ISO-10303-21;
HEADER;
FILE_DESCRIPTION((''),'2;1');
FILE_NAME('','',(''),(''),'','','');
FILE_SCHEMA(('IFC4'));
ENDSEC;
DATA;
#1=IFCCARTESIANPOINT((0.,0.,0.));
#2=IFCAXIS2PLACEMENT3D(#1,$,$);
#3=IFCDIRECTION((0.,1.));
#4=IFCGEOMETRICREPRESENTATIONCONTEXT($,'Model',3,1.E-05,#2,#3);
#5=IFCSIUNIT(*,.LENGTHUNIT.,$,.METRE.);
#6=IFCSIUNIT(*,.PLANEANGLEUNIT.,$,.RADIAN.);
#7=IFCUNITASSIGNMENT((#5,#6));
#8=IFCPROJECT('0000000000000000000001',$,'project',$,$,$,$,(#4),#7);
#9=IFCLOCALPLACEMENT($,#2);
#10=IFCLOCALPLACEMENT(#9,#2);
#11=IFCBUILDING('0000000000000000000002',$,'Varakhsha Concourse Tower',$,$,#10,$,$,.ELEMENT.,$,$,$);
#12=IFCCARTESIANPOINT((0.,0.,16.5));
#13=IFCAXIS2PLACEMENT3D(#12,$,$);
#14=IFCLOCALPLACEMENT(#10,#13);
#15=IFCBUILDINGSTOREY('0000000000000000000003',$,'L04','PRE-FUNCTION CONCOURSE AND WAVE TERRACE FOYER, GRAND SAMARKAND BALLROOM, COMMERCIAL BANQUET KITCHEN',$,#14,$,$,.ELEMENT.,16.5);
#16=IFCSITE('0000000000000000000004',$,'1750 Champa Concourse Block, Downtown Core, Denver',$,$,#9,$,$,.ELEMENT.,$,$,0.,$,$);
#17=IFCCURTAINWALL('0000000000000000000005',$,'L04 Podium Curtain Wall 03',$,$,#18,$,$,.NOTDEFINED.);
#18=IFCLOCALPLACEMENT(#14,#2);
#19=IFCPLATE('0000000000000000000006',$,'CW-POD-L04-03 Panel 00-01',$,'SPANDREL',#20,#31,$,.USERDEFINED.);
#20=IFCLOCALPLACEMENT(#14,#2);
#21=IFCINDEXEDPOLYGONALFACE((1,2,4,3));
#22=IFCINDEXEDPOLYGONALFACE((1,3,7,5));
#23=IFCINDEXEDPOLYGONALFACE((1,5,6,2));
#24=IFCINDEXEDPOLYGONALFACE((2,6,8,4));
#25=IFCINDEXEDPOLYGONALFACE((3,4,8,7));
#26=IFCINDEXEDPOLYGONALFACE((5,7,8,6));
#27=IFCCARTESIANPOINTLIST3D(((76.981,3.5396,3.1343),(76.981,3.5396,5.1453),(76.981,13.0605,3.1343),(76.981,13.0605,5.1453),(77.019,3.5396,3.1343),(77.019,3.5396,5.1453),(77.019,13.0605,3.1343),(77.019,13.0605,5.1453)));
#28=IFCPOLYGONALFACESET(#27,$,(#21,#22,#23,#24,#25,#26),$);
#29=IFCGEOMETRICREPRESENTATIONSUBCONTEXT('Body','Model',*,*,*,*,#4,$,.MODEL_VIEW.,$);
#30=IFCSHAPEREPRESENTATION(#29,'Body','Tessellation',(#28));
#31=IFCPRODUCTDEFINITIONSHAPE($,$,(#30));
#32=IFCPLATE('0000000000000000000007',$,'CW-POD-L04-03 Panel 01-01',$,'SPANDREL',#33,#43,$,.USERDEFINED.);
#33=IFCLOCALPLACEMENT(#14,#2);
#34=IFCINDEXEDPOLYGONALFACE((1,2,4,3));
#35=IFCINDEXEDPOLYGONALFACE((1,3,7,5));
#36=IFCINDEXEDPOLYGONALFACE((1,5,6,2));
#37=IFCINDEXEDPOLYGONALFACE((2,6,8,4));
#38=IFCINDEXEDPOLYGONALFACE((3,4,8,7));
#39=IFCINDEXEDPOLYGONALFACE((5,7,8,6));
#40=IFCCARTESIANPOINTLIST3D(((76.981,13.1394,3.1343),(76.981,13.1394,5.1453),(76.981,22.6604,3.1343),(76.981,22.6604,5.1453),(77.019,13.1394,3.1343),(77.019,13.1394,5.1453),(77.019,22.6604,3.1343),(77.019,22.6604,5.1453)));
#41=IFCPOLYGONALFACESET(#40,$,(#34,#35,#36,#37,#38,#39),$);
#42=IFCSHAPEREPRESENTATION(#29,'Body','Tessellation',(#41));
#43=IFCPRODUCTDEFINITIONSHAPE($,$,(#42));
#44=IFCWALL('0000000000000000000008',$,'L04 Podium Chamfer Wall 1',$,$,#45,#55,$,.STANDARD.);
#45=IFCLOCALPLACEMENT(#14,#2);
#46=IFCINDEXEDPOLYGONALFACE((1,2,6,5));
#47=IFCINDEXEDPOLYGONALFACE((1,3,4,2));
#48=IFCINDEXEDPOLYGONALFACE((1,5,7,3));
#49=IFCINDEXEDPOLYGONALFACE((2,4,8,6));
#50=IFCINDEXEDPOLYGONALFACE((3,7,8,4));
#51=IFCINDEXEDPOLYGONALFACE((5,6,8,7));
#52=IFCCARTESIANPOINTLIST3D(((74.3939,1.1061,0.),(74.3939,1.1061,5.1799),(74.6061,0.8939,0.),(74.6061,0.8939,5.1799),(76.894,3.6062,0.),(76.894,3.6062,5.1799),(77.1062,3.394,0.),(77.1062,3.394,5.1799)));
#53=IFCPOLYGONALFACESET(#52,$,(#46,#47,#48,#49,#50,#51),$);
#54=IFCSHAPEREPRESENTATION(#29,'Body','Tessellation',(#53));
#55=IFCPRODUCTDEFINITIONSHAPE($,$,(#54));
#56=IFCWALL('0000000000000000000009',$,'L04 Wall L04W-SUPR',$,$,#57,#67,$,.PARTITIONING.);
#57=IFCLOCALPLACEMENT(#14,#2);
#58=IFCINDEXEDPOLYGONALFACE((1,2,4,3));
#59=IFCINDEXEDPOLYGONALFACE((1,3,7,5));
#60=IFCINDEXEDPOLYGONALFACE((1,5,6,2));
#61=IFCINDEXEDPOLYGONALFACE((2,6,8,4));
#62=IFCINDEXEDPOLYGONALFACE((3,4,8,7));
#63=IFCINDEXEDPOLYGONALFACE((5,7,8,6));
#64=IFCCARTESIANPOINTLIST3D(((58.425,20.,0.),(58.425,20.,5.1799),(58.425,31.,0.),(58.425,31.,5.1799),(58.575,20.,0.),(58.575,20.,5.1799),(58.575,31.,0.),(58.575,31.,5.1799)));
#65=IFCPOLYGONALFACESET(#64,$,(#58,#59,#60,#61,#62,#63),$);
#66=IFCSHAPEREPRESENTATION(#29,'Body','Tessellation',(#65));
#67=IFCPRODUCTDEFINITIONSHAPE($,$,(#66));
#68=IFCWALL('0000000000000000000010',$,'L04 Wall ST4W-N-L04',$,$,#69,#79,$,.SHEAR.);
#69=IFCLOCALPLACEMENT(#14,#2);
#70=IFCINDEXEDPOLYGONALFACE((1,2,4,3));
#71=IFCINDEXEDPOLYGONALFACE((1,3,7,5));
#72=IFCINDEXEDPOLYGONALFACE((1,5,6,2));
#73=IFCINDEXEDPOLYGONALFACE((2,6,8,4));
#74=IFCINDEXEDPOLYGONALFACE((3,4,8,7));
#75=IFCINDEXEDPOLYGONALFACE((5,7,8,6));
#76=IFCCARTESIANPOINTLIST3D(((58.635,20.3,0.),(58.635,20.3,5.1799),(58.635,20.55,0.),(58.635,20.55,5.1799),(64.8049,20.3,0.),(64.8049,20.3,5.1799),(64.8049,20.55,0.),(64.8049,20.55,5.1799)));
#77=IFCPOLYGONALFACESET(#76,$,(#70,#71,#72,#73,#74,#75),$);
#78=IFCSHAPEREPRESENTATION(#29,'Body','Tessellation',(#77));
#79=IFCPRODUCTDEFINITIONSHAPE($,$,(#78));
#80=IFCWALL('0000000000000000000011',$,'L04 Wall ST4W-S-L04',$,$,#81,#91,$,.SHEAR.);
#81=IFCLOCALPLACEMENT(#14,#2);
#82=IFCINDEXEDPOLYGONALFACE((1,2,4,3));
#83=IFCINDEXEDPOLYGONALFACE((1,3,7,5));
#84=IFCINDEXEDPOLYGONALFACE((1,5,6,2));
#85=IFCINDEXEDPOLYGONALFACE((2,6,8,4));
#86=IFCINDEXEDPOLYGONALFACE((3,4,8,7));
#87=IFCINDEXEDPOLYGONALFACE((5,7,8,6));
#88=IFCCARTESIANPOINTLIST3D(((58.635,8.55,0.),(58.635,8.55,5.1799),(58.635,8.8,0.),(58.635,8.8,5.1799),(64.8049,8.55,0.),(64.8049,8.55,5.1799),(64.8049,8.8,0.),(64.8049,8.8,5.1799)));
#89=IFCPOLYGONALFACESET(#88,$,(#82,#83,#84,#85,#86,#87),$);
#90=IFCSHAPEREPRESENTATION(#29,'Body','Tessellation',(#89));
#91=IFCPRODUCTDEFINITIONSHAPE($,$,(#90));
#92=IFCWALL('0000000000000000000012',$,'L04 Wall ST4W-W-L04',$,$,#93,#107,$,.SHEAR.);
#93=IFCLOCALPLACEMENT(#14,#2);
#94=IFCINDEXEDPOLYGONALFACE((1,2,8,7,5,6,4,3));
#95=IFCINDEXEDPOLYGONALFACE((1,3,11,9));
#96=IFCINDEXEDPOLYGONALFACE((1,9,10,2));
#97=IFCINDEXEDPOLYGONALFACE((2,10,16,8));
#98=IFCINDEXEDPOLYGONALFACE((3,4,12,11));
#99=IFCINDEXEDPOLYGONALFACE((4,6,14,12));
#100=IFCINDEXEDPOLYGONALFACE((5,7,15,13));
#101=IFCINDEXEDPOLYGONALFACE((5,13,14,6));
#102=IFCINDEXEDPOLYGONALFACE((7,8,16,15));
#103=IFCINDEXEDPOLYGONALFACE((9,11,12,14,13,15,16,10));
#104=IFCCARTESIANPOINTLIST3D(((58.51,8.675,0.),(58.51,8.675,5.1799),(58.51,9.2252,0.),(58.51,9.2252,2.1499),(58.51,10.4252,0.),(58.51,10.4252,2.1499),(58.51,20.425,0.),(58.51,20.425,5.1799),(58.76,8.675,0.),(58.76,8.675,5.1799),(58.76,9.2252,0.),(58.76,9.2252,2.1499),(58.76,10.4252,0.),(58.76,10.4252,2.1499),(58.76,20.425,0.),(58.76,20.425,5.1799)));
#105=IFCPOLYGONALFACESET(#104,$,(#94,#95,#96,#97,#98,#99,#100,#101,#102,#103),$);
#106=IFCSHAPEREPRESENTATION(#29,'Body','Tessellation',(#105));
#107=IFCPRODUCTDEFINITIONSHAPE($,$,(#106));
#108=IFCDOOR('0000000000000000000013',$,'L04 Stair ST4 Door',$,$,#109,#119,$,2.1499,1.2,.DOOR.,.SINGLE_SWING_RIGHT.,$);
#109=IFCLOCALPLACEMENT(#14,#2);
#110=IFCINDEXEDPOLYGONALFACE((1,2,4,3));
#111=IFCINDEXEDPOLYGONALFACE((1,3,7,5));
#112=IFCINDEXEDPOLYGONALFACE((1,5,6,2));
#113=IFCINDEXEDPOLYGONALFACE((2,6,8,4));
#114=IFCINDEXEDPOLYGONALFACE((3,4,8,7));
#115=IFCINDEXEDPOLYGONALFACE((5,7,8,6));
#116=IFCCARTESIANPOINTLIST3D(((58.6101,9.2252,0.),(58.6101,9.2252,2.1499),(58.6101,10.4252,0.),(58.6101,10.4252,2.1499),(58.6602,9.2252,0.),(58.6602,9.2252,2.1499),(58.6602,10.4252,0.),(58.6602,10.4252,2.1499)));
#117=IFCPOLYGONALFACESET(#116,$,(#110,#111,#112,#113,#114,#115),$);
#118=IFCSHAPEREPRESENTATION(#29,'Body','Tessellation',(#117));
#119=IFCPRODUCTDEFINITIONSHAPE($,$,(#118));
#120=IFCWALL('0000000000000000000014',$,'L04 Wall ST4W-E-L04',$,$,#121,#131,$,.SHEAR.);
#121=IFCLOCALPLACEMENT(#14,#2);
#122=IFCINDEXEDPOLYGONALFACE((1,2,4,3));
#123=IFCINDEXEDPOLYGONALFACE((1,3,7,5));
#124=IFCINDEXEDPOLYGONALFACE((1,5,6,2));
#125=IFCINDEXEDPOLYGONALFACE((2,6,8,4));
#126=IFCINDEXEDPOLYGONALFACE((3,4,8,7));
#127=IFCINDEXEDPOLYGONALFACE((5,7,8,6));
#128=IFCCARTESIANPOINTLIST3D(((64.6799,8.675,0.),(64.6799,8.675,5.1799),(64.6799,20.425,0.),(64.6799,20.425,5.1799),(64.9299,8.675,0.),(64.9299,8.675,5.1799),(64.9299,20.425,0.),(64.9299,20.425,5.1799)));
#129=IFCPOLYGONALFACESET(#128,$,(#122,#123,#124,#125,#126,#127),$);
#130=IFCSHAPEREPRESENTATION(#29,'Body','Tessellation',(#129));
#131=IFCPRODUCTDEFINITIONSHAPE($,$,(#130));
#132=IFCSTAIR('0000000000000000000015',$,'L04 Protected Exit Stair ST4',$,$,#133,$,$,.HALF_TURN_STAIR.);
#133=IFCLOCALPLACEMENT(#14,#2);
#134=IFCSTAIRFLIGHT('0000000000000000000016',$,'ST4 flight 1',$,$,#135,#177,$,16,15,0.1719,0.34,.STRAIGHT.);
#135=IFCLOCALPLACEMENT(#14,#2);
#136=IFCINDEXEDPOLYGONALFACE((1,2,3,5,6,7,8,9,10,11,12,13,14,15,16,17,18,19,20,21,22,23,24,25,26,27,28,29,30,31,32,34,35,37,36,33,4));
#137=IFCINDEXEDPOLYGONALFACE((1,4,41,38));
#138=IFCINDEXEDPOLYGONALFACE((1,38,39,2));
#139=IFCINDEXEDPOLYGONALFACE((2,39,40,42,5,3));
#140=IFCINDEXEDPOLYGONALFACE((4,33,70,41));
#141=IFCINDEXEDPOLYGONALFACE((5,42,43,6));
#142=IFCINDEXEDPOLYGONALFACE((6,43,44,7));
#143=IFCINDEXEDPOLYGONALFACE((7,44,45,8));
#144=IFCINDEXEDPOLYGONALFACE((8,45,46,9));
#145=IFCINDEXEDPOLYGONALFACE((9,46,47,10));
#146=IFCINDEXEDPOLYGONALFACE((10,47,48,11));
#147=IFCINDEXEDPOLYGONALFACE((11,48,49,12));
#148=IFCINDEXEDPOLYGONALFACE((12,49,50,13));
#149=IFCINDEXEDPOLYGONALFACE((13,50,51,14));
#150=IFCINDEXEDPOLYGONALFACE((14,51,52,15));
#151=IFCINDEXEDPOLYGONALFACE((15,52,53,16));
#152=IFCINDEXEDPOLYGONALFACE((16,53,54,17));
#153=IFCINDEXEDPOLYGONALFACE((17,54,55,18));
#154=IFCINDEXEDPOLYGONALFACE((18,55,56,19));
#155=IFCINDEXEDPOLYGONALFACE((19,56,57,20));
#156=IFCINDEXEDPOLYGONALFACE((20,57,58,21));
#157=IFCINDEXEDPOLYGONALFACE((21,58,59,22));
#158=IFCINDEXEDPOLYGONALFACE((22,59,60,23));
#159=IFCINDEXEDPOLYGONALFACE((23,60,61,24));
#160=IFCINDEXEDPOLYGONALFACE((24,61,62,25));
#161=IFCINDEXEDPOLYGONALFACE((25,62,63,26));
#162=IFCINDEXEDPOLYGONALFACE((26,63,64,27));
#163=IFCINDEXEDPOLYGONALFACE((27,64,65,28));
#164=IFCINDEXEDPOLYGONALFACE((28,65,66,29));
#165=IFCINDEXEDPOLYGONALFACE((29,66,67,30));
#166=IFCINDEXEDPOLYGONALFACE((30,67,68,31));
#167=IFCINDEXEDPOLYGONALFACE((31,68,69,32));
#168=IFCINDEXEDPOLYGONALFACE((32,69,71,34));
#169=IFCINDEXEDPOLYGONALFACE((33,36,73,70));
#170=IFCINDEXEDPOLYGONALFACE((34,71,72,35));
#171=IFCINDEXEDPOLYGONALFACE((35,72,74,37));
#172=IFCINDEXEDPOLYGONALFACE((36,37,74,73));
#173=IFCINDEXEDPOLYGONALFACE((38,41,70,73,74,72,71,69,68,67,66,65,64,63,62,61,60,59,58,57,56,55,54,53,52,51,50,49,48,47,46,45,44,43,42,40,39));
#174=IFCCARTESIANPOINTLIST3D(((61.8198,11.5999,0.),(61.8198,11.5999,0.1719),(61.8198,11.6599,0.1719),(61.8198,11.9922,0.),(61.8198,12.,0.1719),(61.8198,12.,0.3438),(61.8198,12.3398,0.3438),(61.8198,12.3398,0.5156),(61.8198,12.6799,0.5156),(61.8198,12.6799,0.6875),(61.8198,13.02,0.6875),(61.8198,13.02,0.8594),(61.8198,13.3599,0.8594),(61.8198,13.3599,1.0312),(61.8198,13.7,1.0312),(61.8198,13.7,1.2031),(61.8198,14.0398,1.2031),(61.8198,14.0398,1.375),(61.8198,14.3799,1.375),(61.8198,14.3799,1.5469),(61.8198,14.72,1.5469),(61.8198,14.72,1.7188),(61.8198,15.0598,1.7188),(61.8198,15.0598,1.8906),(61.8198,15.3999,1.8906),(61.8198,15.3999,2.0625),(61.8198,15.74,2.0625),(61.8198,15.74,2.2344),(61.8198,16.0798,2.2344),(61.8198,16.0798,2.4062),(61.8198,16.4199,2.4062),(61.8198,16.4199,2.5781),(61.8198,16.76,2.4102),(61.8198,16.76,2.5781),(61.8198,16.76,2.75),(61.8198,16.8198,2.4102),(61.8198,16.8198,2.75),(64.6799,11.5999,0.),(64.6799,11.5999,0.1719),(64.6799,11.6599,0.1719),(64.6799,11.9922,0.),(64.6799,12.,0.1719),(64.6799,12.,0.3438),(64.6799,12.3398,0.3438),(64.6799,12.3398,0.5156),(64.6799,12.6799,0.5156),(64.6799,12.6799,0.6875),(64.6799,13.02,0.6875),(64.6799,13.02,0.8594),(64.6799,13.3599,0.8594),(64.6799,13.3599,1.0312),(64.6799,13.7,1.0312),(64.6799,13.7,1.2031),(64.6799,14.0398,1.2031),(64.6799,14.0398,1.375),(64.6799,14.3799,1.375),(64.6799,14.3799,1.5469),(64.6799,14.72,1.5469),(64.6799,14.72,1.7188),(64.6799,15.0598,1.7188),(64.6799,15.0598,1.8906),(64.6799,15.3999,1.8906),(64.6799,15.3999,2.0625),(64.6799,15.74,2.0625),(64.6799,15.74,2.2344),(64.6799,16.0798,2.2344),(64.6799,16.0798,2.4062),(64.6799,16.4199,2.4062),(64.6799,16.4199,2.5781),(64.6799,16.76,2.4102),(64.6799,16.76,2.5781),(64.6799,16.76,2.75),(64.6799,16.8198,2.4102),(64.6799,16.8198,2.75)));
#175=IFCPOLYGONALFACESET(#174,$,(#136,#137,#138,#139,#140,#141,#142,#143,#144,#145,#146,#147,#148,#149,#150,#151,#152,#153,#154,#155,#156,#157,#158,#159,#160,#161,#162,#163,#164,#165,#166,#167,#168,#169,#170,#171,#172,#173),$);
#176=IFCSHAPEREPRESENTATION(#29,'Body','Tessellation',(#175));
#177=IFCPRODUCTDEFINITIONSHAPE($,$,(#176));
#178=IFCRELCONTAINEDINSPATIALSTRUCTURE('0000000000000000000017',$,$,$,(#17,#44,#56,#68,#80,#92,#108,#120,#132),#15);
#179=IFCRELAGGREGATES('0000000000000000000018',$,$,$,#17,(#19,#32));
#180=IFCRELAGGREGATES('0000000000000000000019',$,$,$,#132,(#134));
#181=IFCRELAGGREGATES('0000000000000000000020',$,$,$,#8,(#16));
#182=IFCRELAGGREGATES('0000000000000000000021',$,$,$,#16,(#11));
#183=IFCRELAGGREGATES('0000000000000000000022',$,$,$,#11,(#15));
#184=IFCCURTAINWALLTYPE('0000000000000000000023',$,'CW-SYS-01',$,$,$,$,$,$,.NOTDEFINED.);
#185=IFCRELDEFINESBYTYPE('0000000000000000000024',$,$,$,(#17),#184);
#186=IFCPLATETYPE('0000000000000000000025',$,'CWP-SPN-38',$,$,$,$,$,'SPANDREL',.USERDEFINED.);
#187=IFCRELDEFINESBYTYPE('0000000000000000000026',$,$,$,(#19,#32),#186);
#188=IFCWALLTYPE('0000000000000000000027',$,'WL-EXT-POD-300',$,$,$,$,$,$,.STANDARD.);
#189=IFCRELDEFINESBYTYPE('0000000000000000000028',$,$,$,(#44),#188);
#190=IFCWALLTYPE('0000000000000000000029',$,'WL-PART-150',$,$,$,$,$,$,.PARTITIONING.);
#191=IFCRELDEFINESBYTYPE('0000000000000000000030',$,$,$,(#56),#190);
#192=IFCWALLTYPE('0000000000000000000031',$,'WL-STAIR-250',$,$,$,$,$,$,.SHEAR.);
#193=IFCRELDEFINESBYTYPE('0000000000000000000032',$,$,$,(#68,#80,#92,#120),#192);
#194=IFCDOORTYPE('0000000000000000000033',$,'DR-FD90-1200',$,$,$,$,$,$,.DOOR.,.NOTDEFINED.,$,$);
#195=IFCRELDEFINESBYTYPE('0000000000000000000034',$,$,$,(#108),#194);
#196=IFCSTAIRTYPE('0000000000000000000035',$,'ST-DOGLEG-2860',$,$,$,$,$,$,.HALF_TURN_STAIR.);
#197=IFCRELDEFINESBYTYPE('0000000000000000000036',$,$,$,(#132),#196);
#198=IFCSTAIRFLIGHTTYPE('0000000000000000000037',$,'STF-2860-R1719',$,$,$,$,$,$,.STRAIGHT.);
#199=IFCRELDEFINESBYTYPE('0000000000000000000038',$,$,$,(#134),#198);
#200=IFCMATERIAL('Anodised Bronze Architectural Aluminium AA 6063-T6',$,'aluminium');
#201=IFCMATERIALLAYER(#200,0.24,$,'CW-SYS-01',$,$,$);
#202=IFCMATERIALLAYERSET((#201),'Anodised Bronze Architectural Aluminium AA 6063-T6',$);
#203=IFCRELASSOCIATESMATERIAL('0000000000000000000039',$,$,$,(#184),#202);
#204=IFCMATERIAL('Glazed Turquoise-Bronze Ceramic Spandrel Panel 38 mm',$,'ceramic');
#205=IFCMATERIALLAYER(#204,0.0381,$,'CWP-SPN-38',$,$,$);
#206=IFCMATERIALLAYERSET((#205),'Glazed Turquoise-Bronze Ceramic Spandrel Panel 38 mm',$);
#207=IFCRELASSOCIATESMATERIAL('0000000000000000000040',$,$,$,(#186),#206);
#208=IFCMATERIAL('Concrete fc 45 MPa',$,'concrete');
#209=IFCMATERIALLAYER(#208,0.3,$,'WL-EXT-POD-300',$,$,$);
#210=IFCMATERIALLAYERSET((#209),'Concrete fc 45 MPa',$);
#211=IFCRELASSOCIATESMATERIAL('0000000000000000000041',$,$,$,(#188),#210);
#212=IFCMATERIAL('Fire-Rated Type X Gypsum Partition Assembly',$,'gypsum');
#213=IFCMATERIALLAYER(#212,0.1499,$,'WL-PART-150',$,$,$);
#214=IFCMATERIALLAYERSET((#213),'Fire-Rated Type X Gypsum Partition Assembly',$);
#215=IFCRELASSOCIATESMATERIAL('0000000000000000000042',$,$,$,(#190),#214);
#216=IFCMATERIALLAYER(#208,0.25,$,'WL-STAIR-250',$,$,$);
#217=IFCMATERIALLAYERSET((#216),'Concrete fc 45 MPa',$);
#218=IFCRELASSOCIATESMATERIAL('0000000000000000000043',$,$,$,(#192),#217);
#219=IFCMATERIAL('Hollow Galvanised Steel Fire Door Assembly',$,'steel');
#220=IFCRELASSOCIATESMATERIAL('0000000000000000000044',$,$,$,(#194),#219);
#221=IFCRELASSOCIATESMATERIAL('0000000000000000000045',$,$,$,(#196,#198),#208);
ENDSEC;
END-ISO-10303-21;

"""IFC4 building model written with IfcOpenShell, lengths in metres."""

from ifc_helpers import new_model, si_unit, direction, frame, frame_2d, origin, origin_2d, place, context, subcontext, project, spatial, polyline, rectangle, outline, extrude, source, transform, mapped, material, layer, layer_set, type_object, type_shapes, element, fill, aggregate, save


model = new_model("IFC4")

# Units and contexts
model_context = context("Model", 3, precision=1e-05, world=origin(), true_north=direction((0.0, 1.0)))
body_context = subcontext(model_context, "Body", "Model", "MODEL_VIEW")
ifc_project = project(units=[si_unit("LENGTHUNIT", "METRE"), si_unit("PLANEANGLEUNIT", "RADIAN")], contexts=[model_context])

# Site, building, storey
site_placement = place(None, origin())
site = spatial("IfcSite", under=ifc_project, at=site_placement, Name="1750 Champa Concourse Block, Downtown Core, Denver", CompositionType="ELEMENT", RefElevation=0.0)
building_placement = place(site_placement, origin())
building = spatial("IfcBuilding", under=site, at=building_placement, Name="Varakhsha Concourse Tower", CompositionType="ELEMENT")
storey_placement = place(building_placement, frame((0.0, 0.0, 16.5)))
storey = spatial("IfcBuildingStorey", under=building, at=storey_placement, Name="L04", Description="PRE-FUNCTION CONCOURSE AND WAVE TERRACE FOYER, GRAND SAMARKAND BALLROOM, COMMERCIAL BANQUET KITCHEN", CompositionType="ELEMENT", Elevation=16.5)

# Curtain wall, plates
ifc_material_1 = material(Name="Anodised Bronze Architectural Aluminium AA 6063-T6", Category="aluminium")
ifc_layer_1 = layer(ifc_material_1, 0.24, Name="CW-SYS-01")
ifc_layer_set_1 = layer_set([ifc_layer_1], Name="Anodised Bronze Architectural Aluminium AA 6063-T6")
curtain_wall_type = type_object("IfcCurtainWallType", Name="CW-SYS-01", PredefinedType="NOTDEFINED", material=ifc_layer_set_1)
curtain_wall_placement = place(storey_placement, origin())
curtain_wall = element("IfcCurtainWall", 1, at=curtain_wall_placement, inside=storey, type_object=curtain_wall_type, Name="L04 Podium Curtain Wall 03", PredefinedType="NOTDEFINED")
ifc_material_2 = material(Name="Glazed Turquoise-Bronze Ceramic Spandrel Panel 38 mm", Category="ceramic")
ifc_layer_2 = layer(ifc_material_2, 0.0381, Name="CWP-SPN-38")
ifc_layer_set_2 = layer_set([ifc_layer_2], Name="Glazed Turquoise-Bronze Ceramic Spandrel Panel 38 mm")
plate_type_1 = type_object("IfcPlateType", Name="CWP-SPN-38", ElementType="SPANDREL", PredefinedType="USERDEFINED", material=ifc_layer_set_2)
shared_shape_1 = source(origin(), body_context, "Body", "SweptSolid", [
    extrude(rectangle(XDim=9.521, YDim=0.0381, at=origin_2d()), origin(), (0.0, 0.0, 1.0), 2.011),
])
type_shapes(plate_type_1, [shared_shape_1])
plate_1_placement = place(storey_placement, frame((77.0, 8.3, 3.1343), z_axis=(0.0, 0.0, 1.0), x_axis=(0.0, 1.0, 0.0)))
plate_1 = element("IfcPlate", 2, at=plate_1_placement, type_object=plate_type_1, Name="CW-POD-L04-03 Panel 00-01", ObjectType="SPANDREL", PredefinedType="USERDEFINED", context=body_context, shape_type="MappedRepresentation", body=[
    mapped(shared_shape_1, transform((0.0, 0.0, 0.0), scale=1.0)),
])
plate_2_placement = place(storey_placement, frame((77.0, 17.8999, 3.1343), z_axis=(0.0, 0.0, 1.0), x_axis=(0.0, 1.0, 0.0)))
plate_2 = element("IfcPlate", 3, at=plate_2_placement, type_object=plate_type_1, Name="CW-POD-L04-03 Panel 01-01", ObjectType="SPANDREL", PredefinedType="USERDEFINED", context=body_context, shape_type="MappedRepresentation", body=[
    mapped(shared_shape_1, transform((0.0, 0.0, 0.0), scale=1.0)),
])
aggregate(curtain_wall, [plate_1, plate_2])

# Walls
ifc_material_3 = material(Name="Concrete fc 45 MPa", Category="concrete")
ifc_layer_3 = layer(ifc_material_3, 0.3, Name="WL-EXT-POD-300")
ifc_layer_set_3 = layer_set([ifc_layer_3], Name="Concrete fc 45 MPa")
wall_type_1 = type_object("IfcWallType", Name="WL-EXT-POD-300", PredefinedType="STANDARD", material=ifc_layer_set_3)
wall_1_placement = place(storey_placement, frame((74.5, 1.0, 0.0), z_axis=(0.0, 0.0, 1.0), x_axis=(0.707107, 0.707107, 0.0)))
element("IfcWall", 4, at=wall_1_placement, inside=storey, type_object=wall_type_1, Name="L04 Podium Chamfer Wall 1", PredefinedType="STANDARD", context=body_context, shape_type="SweptSolid", body=[
    extrude(rectangle(XDim=3.5356, YDim=0.3, at=frame_2d((1.7678, 0.0))), origin(), (0.0, 0.0, 1.0), 5.1799),
])
ifc_material_4 = material(Name="Fire-Rated Type X Gypsum Partition Assembly", Category="gypsum")
ifc_layer_4 = layer(ifc_material_4, 0.1499, Name="WL-PART-150")
ifc_layer_set_4 = layer_set([ifc_layer_4], Name="Fire-Rated Type X Gypsum Partition Assembly")
wall_type_2 = type_object("IfcWallType", Name="WL-PART-150", PredefinedType="PARTITIONING", material=ifc_layer_set_4)
wall_2_placement = place(storey_placement, frame((58.5, 20.0, 0.0), z_axis=(0.0, 0.0, 1.0), x_axis=(0.0, 1.0, 0.0)))
element("IfcWall", 5, at=wall_2_placement, inside=storey, type_object=wall_type_2, Name="L04 Wall L04W-SUPR", PredefinedType="PARTITIONING", context=body_context, shape_type="SweptSolid", body=[
    extrude(rectangle(XDim=11.0, YDim=0.1499, at=frame_2d((5.5, 0.0))), origin(), (0.0, 0.0, 1.0), 5.1799),
])
ifc_layer_5 = layer(ifc_material_3, 0.25, Name="WL-STAIR-250")
ifc_layer_set_5 = layer_set([ifc_layer_5], Name="Concrete fc 45 MPa")
wall_type_3 = type_object("IfcWallType", Name="WL-STAIR-250", PredefinedType="SHEAR", material=ifc_layer_set_5)
for number, where, z_axis, x_axis, name in (
    (6, (58.635, 20.425, 0.0), (0.0, 0.0, 1.0), (1.0, 0.0, 0.0), "L04 Wall ST4W-N-L04"),
    (7, (58.635, 8.675, 0.0), (0.0, 0.0, 1.0), (1.0, 0.0, 0.0), "L04 Wall ST4W-S-L04"),
):
    element("IfcWall", number, at=place(storey_placement, frame(where, z_axis=z_axis, x_axis=x_axis)), inside=storey, type_object=wall_type_3, Name=name, PredefinedType="SHEAR", context=body_context, shape_type="SweptSolid", body=[
        extrude(rectangle(XDim=6.1699, YDim=0.25, at=frame_2d((3.085, 0.0))), origin(), (0.0, 0.0, 1.0), 5.1799),
    ])

# Wall, opening, door
wall_3_placement = place(storey_placement, frame((58.635, 8.675, 0.0), z_axis=(0.0, 0.0, 1.0), x_axis=(0.0, 1.0, 0.0)))
wall_3 = element("IfcWall", 8, at=wall_3_placement, inside=storey, type_object=wall_type_3, Name="L04 Wall ST4W-W-L04", PredefinedType="SHEAR", context=body_context, shape_type="SweptSolid", body=[
    extrude(rectangle(XDim=11.75, YDim=0.25, at=frame_2d((5.875, 0.0))), origin(), (0.0, 0.0, 1.0), 5.1799),
])
opening_placement = place(wall_3_placement, frame((0.55, 0.0, 0.0)))
opening = element("IfcOpeningElement", 9, at=opening_placement, cuts=wall_3, PredefinedType="OPENING", context=body_context, shape_type="SweptSolid", body=[
    extrude(rectangle(XDim=1.2, YDim=2.1499, at=frame_2d((0.6001, 1.075))), frame((0.0, 0.135, 0.0), z_axis=(0.0, -1.0, 0.0), x_axis=(1.0, 0.0, 0.0)), (0.0, 0.0, 1.0), 0.27),
])
ifc_material_5 = material(Name="Hollow Galvanised Steel Fire Door Assembly", Category="steel")
door_type = type_object("IfcDoorType", Name="DR-FD90-1200", OperationType="NOTDEFINED", PredefinedType="DOOR", material=ifc_material_5)
door_placement = place(opening_placement, origin())
door = element("IfcDoor", 10, at=door_placement, inside=storey, type_object=door_type, Name="L04 Stair ST4 Door", OperationType="SINGLE_SWING_RIGHT", OverallHeight=2.1499, OverallWidth=1.2, PredefinedType="DOOR", context=body_context, shape_type="SweptSolid", body=[
    extrude(rectangle(XDim=1.2, YDim=2.1499, at=frame_2d((0.6001, 1.075))), frame((0.0, 0.0249, 0.0), z_axis=(0.0, -1.0, 0.0), x_axis=(1.0, 0.0, 0.0)), (0.0, 0.0, 1.0), 0.05),
])
fill(opening, door)

# Wall
wall_4_placement = place(storey_placement, frame((64.8049, 8.675, 0.0), z_axis=(0.0, 0.0, 1.0), x_axis=(0.0, 1.0, 0.0)))
element("IfcWall", 11, at=wall_4_placement, inside=storey, type_object=wall_type_3, Name="L04 Wall ST4W-E-L04", PredefinedType="SHEAR", context=body_context, shape_type="SweptSolid", body=[
    extrude(rectangle(XDim=11.75, YDim=0.25, at=frame_2d((5.875, 0.0))), origin(), (0.0, 0.0, 1.0), 5.1799),
])

# Stair, stair flight
stair_type = type_object("IfcStairType", Name="ST-DOGLEG-2860", PredefinedType="HALF_TURN_STAIR", material=ifc_material_3)
stair_placement = place(storey_placement, origin())
stair = element("IfcStair", 12, at=stair_placement, inside=storey, type_object=stair_type, Name="L04 Protected Exit Stair ST4", PredefinedType="HALF_TURN_STAIR")
stair_flight_type = type_object("IfcStairFlightType", Name="STF-2860-R1719", PredefinedType="STRAIGHT", material=ifc_material_3)
stair_flight_1_placement = place(storey_placement, frame((63.25, 11.6599, 0.0), z_axis=(0.0, 0.0, 1.0), x_axis=(0.0, 1.0, 0.0)))
stair_flight_1 = element("IfcStairFlight", 13, at=stair_flight_1_placement, type_object=stair_flight_type, Name="ST4 flight 1", NumberOfRisers=16, NumberOfTreads=15, PredefinedType="STRAIGHT", RiserHeight=0.1719, TreadLength=0.34, context=body_context, shape_type="SweptSolid", body=[
    extrude(outline(polyline([(-0.0601, 0.0), (-0.0601, 0.1719), (0.0, 0.1719), (0.3401, 0.1719), (0.3401, 0.3438), (0.6799, 0.3438), (0.6799, 0.5156), (1.02, 0.5156), (1.02, 0.6875), (1.3601, 0.6875), (1.3601, 0.8594), (1.7, 0.8594), (1.7, 1.0312), (2.04, 1.0312), (2.04, 1.2031), (2.3799, 1.2031), (2.3799, 1.375), (2.72, 1.375), (2.72, 1.5469), (3.0601, 1.5469), (3.0601, 1.7188), (3.3999, 1.7188), (3.3999, 1.8906), (3.74, 1.8906), (3.74, 2.0625), (4.0801, 2.0625), (4.0801, 2.2344), (4.4199, 2.2344), (4.4199, 2.4062), (4.76, 2.4062), (4.76, 2.5781), (5.1001, 2.5781), (5.1001, 2.75), (5.1599, 2.75), (5.1599, 2.4102), (5.1001, 2.4102), (0.3323, 0.0), (-0.0601, 0.0)])), frame((0.0, 1.4302, 0.0), z_axis=(0.0, -1.0, 0.0), x_axis=(1.0, 0.0, 0.0)), (0.0, 0.0, 1.0), 2.8601),
])
aggregate(stair, [stair_flight_1])

save(model, "model.ifc")
